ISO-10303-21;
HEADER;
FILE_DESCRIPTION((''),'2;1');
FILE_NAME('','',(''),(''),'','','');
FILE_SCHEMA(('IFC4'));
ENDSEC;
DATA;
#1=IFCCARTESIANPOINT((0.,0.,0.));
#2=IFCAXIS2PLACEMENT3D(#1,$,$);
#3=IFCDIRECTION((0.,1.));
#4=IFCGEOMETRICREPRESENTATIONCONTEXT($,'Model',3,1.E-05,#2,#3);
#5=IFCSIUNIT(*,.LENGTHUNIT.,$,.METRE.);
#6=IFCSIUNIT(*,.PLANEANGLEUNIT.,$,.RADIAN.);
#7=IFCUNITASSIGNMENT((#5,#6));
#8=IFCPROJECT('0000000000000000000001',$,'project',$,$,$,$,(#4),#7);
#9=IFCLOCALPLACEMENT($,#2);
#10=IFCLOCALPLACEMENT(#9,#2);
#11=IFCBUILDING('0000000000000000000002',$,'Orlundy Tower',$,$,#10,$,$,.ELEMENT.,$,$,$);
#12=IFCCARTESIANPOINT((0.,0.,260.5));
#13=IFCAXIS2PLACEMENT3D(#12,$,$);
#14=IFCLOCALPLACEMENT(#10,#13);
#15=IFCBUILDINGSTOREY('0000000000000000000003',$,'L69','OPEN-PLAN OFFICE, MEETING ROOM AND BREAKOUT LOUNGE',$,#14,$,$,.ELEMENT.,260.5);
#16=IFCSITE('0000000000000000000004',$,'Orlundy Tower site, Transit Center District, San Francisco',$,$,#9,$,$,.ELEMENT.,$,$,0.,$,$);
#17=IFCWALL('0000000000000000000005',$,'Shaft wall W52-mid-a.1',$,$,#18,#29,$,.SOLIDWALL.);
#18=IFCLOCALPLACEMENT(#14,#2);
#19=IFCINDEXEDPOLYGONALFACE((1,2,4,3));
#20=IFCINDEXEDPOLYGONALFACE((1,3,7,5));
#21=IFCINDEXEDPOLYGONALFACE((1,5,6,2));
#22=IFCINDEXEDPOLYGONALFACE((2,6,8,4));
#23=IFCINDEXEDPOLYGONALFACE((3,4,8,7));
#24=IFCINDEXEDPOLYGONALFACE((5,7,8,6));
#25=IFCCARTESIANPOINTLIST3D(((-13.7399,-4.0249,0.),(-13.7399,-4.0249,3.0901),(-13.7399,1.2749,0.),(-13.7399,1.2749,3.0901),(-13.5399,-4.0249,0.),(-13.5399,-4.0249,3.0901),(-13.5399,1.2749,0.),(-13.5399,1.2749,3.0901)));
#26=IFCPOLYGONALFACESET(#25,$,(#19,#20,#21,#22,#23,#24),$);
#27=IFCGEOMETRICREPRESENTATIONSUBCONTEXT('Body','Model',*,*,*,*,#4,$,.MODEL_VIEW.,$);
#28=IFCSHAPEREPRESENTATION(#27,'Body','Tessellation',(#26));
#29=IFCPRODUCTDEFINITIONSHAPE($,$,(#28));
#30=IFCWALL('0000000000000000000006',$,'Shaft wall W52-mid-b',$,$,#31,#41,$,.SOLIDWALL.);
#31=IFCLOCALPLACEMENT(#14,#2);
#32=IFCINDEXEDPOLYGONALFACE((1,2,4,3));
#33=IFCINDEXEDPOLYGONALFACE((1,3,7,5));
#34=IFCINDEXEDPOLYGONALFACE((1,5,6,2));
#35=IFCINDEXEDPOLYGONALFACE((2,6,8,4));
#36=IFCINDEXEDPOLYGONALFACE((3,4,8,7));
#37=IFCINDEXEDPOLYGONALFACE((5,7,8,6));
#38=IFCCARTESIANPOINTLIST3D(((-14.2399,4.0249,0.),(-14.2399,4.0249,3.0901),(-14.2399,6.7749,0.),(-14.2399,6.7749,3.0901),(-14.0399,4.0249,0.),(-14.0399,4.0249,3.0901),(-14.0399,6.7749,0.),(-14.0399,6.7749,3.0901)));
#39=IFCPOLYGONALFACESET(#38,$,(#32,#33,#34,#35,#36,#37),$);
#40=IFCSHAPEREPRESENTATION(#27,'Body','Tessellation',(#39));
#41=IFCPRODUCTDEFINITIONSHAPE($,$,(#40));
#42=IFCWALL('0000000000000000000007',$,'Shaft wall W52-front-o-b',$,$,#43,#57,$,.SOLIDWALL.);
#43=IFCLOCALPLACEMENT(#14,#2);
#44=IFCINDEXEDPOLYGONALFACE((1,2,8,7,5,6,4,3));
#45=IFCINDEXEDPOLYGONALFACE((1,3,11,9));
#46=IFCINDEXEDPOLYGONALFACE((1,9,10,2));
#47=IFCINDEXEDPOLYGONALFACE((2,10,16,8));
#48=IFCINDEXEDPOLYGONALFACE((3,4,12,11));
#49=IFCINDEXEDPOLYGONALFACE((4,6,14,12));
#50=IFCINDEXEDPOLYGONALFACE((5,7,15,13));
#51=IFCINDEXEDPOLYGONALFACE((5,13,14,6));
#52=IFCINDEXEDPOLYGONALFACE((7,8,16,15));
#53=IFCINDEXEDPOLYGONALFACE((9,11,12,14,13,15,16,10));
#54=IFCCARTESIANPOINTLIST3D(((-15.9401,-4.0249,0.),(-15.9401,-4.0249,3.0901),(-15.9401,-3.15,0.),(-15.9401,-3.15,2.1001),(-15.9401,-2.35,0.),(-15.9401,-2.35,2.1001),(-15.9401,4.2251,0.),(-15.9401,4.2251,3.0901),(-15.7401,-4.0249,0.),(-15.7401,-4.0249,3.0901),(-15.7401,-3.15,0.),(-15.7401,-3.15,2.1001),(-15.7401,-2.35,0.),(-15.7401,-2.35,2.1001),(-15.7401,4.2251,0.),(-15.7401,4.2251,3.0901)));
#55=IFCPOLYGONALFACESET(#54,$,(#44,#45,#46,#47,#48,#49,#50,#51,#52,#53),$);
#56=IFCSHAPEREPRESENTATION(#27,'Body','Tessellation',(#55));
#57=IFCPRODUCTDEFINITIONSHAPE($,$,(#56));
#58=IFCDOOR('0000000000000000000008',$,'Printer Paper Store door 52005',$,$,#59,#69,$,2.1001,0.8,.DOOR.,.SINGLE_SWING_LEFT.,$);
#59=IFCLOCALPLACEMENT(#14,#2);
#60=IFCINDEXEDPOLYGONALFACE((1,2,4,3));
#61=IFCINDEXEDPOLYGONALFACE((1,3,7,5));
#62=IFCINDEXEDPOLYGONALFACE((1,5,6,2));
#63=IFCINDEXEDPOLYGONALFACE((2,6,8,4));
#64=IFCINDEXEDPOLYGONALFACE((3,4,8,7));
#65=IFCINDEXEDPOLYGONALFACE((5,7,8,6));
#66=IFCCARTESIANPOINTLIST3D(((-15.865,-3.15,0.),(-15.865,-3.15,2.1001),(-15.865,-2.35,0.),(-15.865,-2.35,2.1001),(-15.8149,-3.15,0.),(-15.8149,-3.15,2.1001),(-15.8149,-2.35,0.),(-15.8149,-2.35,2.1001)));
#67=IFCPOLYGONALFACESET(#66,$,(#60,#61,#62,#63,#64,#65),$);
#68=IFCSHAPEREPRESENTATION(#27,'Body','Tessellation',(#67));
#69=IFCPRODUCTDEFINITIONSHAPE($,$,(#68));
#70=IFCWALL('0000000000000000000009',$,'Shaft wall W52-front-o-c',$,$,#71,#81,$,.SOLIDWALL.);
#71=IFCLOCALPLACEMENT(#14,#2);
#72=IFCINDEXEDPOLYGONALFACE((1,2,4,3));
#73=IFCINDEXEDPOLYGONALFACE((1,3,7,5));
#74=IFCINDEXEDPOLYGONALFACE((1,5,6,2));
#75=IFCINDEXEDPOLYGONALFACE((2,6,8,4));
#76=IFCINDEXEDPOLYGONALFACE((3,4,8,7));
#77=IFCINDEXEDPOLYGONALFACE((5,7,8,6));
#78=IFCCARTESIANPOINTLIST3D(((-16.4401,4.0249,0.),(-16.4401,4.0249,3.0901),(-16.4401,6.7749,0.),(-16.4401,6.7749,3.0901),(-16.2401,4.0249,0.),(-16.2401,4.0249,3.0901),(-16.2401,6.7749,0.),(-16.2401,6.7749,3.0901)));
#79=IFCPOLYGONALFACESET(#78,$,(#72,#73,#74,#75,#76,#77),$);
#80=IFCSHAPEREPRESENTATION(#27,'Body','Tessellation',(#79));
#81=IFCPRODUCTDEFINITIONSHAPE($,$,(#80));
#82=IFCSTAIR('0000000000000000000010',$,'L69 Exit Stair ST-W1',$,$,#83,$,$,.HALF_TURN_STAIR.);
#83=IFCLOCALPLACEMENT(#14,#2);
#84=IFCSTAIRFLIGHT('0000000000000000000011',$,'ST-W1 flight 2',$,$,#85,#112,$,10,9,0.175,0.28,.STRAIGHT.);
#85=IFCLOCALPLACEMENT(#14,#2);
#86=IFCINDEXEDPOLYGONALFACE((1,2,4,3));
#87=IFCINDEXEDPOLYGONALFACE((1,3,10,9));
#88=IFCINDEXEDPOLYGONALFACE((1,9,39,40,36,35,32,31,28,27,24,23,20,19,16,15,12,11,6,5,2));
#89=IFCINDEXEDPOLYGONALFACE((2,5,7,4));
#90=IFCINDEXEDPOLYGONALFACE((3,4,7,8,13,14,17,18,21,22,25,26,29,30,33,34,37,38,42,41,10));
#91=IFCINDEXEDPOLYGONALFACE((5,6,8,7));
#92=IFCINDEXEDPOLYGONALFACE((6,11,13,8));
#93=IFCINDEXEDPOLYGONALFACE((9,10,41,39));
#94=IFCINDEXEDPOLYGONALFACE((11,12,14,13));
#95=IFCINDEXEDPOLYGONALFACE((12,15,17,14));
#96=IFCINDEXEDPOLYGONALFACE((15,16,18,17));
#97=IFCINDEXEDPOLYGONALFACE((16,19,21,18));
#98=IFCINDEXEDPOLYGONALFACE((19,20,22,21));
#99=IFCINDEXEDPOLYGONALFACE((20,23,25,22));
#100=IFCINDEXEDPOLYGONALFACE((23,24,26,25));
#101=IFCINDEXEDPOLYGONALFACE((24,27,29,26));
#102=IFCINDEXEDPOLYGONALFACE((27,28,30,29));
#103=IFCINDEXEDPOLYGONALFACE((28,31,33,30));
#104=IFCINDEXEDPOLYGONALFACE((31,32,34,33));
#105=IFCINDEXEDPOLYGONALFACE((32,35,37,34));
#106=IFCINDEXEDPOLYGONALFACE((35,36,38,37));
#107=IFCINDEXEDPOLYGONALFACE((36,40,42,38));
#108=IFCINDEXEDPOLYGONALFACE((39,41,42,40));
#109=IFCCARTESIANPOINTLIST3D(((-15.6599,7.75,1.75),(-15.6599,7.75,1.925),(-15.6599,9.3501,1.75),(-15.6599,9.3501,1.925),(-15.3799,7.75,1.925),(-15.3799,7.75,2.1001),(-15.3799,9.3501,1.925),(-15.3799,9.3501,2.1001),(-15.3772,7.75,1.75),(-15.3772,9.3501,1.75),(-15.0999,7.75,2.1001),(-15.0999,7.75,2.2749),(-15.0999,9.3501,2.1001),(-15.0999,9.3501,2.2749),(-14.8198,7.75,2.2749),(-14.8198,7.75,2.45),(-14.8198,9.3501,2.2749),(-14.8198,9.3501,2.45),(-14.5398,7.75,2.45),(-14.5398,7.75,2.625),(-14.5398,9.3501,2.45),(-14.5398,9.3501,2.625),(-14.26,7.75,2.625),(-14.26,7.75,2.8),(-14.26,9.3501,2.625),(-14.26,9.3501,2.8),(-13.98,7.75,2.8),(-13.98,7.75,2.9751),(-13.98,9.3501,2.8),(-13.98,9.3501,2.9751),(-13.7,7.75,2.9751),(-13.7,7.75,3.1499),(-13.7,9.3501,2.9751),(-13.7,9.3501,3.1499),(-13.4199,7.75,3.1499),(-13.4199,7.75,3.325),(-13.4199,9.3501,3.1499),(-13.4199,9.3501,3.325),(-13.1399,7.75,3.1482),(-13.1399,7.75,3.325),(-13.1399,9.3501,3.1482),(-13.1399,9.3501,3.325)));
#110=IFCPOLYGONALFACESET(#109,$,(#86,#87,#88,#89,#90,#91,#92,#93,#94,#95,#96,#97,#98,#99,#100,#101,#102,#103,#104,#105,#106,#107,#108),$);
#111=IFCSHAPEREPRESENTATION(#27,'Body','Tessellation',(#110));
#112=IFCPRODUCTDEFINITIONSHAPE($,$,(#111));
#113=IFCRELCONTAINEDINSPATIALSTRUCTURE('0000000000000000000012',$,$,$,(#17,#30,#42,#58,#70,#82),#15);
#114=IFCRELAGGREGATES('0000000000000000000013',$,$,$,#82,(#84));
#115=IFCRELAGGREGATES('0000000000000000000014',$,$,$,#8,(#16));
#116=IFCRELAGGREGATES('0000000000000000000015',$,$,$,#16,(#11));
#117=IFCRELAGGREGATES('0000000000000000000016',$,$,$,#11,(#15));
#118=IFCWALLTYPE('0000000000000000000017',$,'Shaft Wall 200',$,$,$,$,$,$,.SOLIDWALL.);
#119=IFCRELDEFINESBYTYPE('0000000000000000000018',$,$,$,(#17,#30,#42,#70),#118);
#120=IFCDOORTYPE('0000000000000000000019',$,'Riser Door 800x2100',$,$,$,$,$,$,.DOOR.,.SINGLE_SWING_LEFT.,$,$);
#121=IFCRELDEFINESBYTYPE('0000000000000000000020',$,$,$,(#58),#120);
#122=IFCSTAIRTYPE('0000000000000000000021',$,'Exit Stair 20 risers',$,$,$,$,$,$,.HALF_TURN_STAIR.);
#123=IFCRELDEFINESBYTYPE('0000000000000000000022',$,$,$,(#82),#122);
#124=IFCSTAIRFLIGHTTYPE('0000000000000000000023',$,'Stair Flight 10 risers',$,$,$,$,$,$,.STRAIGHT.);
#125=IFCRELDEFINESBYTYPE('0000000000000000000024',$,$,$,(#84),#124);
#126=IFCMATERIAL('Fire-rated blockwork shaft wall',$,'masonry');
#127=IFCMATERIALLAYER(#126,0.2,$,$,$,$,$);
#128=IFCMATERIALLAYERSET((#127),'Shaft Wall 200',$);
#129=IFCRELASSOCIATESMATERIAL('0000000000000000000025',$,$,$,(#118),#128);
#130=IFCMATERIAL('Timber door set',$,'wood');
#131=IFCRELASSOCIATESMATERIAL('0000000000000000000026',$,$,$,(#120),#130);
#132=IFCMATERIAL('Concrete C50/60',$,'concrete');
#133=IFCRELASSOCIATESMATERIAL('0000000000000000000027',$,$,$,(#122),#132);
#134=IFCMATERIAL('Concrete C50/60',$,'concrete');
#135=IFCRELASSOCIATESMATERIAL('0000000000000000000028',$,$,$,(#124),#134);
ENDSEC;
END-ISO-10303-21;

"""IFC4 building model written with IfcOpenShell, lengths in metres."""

from ifc_helpers import new_model, si_unit, direction, frame, frame_2d, origin, place, context, subcontext, project, spatial, polyline, rectangle, outline, extrude, material, layer, layer_set, type_object, element, fill, aggregate, save


model = new_model("IFC4")

# Units and contexts
model_context = context("Model", 3, precision=1e-05, world=origin(), true_north=direction((0.0, 1.0)))
body_context = subcontext(model_context, "Body", "Model", "MODEL_VIEW")
ifc_project = project(units=[si_unit("LENGTHUNIT", "METRE"), si_unit("PLANEANGLEUNIT", "RADIAN")], contexts=[model_context])

# Site, building, storey
site_placement = place(None, origin())
site = spatial("IfcSite", under=ifc_project, at=site_placement, Name="Orlundy Tower site, Transit Center District, San Francisco", CompositionType="ELEMENT", RefElevation=0.0)
building_placement = place(site_placement, origin())
building = spatial("IfcBuilding", under=site, at=building_placement, Name="Orlundy Tower", CompositionType="ELEMENT")
storey_placement = place(building_placement, frame((0.0, 0.0, 260.5)))
storey = spatial("IfcBuildingStorey", under=building, at=storey_placement, Name="L69", Description="OPEN-PLAN OFFICE, MEETING ROOM AND BREAKOUT LOUNGE", CompositionType="ELEMENT", Elevation=260.5)

# Walls
ifc_material_1 = material(Name="Fire-rated blockwork shaft wall", Category="masonry")
ifc_layer_1 = layer(ifc_material_1, 0.2)
ifc_layer_set_1 = layer_set([ifc_layer_1], Name="Shaft Wall 200")
wall_type_1 = type_object("IfcWallType", Name="Shaft Wall 200", PredefinedType="SOLIDWALL", material=ifc_layer_set_1)
wall_1_placement = place(storey_placement, frame((-13.6399, -4.0249, 0.0), z_axis=(0.0, 0.0, 1.0), x_axis=(0.0, 1.0, 0.0)))
element("IfcWall", 1, at=wall_1_placement, inside=storey, type_object=wall_type_1, Name="Shaft wall W52-mid-a.1", PredefinedType="SOLIDWALL", context=body_context, shape_type="SweptSolid", body=[
    extrude(rectangle(XDim=5.2998, YDim=0.2, at=frame_2d((2.6499, 0.0))), origin(), (0.0, 0.0, 1.0), 3.0901),
])
wall_2_placement = place(storey_placement, frame((-14.1399, 4.0249, 0.0), z_axis=(0.0, 0.0, 1.0), x_axis=(0.0, 1.0, 0.0)))
element("IfcWall", 2, at=wall_2_placement, inside=storey, type_object=wall_type_1, Name="Shaft wall W52-mid-b", PredefinedType="SOLIDWALL", context=body_context, shape_type="SweptSolid", body=[
    extrude(rectangle(XDim=2.75, YDim=0.2, at=frame_2d((1.375, 0.0))), origin(), (0.0, 0.0, 1.0), 3.0901),
])

# Wall, opening, door
wall_3_placement = place(storey_placement, frame((-15.8401, -4.0249, 0.0), z_axis=(0.0, 0.0, 1.0), x_axis=(0.0, 1.0, 0.0)))
wall_3 = element("IfcWall", 3, at=wall_3_placement, inside=storey, type_object=wall_type_1, Name="Shaft wall W52-front-o-b", PredefinedType="SOLIDWALL", context=body_context, shape_type="SweptSolid", body=[
    extrude(rectangle(XDim=8.25, YDim=0.2, at=frame_2d((4.125, 0.0))), origin(), (0.0, 0.0, 1.0), 3.0901),
])
opening_placement = place(wall_3_placement, frame((0.875, 0.0, 0.0)))
opening = element("IfcOpeningElement", 4, at=opening_placement, cuts=wall_3, PredefinedType="OPENING", context=body_context, shape_type="SweptSolid", body=[
    extrude(rectangle(XDim=0.8, YDim=2.1001, at=frame_2d((0.3999, 1.05))), frame((0.0, 0.1101, 0.0), z_axis=(0.0, -1.0, 0.0), x_axis=(1.0, 0.0, 0.0)), (0.0, 0.0, 1.0), 0.2202),
])
ifc_material_2 = material(Name="Timber door set", Category="wood")
door_type = type_object("IfcDoorType", Name="Riser Door 800x2100", OperationType="SINGLE_SWING_LEFT", PredefinedType="DOOR", material=ifc_material_2)
door_placement = place(opening_placement, origin())
door = element("IfcDoor", 5, at=door_placement, inside=storey, type_object=door_type, Name="Printer Paper Store door 52005", OperationType="SINGLE_SWING_LEFT", OverallHeight=2.1001, OverallWidth=0.8, PredefinedType="DOOR", context=body_context, shape_type="SweptSolid", body=[
    extrude(rectangle(XDim=0.8, YDim=2.1001, at=frame_2d((0.3999, 1.05))), frame((0.0, 0.0249, 0.0), z_axis=(0.0, -1.0, 0.0), x_axis=(1.0, 0.0, 0.0)), (0.0, 0.0, 1.0), 0.05),
])
fill(opening, door)

# Wall
wall_4_placement = place(storey_placement, frame((-16.3401, 4.0249, 0.0), z_axis=(0.0, 0.0, 1.0), x_axis=(0.0, 1.0, 0.0)))
element("IfcWall", 6, at=wall_4_placement, inside=storey, type_object=wall_type_1, Name="Shaft wall W52-front-o-c", PredefinedType="SOLIDWALL", context=body_context, shape_type="SweptSolid", body=[
    extrude(rectangle(XDim=2.75, YDim=0.2, at=frame_2d((1.375, 0.0))), origin(), (0.0, 0.0, 1.0), 3.0901),
])

# Stair, stair flight
ifc_material_3 = material(Name="Concrete C50/60", Category="concrete")
stair_type = type_object("IfcStairType", Name="Exit Stair 20 risers", PredefinedType="HALF_TURN_STAIR", material=ifc_material_3)
stair_placement = place(storey_placement, origin())
stair = element("IfcStair", 7, at=stair_placement, inside=storey, type_object=stair_type, Name="L69 Exit Stair ST-W1", PredefinedType="HALF_TURN_STAIR")
ifc_material_4 = material(Name="Concrete C50/60", Category="concrete")
stair_flight_type = type_object("IfcStairFlightType", Name="Stair Flight 10 risers", PredefinedType="STRAIGHT", material=ifc_material_4)
stair_flight_placement = place(storey_placement, frame((-15.6599, 8.55, 1.75), z_axis=(0.0, 0.0, 1.0), x_axis=(1.0, 0.0, 0.0)))
stair_flight = element("IfcStairFlight", 8, at=stair_flight_placement, type_object=stair_flight_type, Name="ST-W1 flight 2", NumberOfRisers=10, NumberOfTreads=9, PredefinedType="STRAIGHT", RiserHeight=0.175, TreadLength=0.28, context=body_context, shape_type="SweptSolid", body=[
    extrude(outline(polyline([(0.0, 0.0), (0.0, 0.175), (0.28, 0.175), (0.28, 0.3501), (0.5601, 0.3501), (0.5601, 0.5249), (0.8401, 0.5249), (0.8401, 0.7), (1.1201, 0.7), (1.1201, 0.875), (1.3999, 0.875), (1.3999, 1.05), (1.6799, 1.05), (1.6799, 1.2251), (1.96, 1.2251), (1.96, 1.3999), (2.24, 1.3999), (2.24, 1.575), (2.52, 1.575), (2.52, 1.75), (2.52, 1.3982), (0.2827, 0.0), (0.0, 0.0)])), frame((0.0, 0.8, 0.0), z_axis=(0.0, -1.0, 0.0), x_axis=(1.0, 0.0, 0.0)), (0.0, 0.0, 1.0), 1.6001),
])
aggregate(stair, [stair_flight])

save(model, "model.ifc")
